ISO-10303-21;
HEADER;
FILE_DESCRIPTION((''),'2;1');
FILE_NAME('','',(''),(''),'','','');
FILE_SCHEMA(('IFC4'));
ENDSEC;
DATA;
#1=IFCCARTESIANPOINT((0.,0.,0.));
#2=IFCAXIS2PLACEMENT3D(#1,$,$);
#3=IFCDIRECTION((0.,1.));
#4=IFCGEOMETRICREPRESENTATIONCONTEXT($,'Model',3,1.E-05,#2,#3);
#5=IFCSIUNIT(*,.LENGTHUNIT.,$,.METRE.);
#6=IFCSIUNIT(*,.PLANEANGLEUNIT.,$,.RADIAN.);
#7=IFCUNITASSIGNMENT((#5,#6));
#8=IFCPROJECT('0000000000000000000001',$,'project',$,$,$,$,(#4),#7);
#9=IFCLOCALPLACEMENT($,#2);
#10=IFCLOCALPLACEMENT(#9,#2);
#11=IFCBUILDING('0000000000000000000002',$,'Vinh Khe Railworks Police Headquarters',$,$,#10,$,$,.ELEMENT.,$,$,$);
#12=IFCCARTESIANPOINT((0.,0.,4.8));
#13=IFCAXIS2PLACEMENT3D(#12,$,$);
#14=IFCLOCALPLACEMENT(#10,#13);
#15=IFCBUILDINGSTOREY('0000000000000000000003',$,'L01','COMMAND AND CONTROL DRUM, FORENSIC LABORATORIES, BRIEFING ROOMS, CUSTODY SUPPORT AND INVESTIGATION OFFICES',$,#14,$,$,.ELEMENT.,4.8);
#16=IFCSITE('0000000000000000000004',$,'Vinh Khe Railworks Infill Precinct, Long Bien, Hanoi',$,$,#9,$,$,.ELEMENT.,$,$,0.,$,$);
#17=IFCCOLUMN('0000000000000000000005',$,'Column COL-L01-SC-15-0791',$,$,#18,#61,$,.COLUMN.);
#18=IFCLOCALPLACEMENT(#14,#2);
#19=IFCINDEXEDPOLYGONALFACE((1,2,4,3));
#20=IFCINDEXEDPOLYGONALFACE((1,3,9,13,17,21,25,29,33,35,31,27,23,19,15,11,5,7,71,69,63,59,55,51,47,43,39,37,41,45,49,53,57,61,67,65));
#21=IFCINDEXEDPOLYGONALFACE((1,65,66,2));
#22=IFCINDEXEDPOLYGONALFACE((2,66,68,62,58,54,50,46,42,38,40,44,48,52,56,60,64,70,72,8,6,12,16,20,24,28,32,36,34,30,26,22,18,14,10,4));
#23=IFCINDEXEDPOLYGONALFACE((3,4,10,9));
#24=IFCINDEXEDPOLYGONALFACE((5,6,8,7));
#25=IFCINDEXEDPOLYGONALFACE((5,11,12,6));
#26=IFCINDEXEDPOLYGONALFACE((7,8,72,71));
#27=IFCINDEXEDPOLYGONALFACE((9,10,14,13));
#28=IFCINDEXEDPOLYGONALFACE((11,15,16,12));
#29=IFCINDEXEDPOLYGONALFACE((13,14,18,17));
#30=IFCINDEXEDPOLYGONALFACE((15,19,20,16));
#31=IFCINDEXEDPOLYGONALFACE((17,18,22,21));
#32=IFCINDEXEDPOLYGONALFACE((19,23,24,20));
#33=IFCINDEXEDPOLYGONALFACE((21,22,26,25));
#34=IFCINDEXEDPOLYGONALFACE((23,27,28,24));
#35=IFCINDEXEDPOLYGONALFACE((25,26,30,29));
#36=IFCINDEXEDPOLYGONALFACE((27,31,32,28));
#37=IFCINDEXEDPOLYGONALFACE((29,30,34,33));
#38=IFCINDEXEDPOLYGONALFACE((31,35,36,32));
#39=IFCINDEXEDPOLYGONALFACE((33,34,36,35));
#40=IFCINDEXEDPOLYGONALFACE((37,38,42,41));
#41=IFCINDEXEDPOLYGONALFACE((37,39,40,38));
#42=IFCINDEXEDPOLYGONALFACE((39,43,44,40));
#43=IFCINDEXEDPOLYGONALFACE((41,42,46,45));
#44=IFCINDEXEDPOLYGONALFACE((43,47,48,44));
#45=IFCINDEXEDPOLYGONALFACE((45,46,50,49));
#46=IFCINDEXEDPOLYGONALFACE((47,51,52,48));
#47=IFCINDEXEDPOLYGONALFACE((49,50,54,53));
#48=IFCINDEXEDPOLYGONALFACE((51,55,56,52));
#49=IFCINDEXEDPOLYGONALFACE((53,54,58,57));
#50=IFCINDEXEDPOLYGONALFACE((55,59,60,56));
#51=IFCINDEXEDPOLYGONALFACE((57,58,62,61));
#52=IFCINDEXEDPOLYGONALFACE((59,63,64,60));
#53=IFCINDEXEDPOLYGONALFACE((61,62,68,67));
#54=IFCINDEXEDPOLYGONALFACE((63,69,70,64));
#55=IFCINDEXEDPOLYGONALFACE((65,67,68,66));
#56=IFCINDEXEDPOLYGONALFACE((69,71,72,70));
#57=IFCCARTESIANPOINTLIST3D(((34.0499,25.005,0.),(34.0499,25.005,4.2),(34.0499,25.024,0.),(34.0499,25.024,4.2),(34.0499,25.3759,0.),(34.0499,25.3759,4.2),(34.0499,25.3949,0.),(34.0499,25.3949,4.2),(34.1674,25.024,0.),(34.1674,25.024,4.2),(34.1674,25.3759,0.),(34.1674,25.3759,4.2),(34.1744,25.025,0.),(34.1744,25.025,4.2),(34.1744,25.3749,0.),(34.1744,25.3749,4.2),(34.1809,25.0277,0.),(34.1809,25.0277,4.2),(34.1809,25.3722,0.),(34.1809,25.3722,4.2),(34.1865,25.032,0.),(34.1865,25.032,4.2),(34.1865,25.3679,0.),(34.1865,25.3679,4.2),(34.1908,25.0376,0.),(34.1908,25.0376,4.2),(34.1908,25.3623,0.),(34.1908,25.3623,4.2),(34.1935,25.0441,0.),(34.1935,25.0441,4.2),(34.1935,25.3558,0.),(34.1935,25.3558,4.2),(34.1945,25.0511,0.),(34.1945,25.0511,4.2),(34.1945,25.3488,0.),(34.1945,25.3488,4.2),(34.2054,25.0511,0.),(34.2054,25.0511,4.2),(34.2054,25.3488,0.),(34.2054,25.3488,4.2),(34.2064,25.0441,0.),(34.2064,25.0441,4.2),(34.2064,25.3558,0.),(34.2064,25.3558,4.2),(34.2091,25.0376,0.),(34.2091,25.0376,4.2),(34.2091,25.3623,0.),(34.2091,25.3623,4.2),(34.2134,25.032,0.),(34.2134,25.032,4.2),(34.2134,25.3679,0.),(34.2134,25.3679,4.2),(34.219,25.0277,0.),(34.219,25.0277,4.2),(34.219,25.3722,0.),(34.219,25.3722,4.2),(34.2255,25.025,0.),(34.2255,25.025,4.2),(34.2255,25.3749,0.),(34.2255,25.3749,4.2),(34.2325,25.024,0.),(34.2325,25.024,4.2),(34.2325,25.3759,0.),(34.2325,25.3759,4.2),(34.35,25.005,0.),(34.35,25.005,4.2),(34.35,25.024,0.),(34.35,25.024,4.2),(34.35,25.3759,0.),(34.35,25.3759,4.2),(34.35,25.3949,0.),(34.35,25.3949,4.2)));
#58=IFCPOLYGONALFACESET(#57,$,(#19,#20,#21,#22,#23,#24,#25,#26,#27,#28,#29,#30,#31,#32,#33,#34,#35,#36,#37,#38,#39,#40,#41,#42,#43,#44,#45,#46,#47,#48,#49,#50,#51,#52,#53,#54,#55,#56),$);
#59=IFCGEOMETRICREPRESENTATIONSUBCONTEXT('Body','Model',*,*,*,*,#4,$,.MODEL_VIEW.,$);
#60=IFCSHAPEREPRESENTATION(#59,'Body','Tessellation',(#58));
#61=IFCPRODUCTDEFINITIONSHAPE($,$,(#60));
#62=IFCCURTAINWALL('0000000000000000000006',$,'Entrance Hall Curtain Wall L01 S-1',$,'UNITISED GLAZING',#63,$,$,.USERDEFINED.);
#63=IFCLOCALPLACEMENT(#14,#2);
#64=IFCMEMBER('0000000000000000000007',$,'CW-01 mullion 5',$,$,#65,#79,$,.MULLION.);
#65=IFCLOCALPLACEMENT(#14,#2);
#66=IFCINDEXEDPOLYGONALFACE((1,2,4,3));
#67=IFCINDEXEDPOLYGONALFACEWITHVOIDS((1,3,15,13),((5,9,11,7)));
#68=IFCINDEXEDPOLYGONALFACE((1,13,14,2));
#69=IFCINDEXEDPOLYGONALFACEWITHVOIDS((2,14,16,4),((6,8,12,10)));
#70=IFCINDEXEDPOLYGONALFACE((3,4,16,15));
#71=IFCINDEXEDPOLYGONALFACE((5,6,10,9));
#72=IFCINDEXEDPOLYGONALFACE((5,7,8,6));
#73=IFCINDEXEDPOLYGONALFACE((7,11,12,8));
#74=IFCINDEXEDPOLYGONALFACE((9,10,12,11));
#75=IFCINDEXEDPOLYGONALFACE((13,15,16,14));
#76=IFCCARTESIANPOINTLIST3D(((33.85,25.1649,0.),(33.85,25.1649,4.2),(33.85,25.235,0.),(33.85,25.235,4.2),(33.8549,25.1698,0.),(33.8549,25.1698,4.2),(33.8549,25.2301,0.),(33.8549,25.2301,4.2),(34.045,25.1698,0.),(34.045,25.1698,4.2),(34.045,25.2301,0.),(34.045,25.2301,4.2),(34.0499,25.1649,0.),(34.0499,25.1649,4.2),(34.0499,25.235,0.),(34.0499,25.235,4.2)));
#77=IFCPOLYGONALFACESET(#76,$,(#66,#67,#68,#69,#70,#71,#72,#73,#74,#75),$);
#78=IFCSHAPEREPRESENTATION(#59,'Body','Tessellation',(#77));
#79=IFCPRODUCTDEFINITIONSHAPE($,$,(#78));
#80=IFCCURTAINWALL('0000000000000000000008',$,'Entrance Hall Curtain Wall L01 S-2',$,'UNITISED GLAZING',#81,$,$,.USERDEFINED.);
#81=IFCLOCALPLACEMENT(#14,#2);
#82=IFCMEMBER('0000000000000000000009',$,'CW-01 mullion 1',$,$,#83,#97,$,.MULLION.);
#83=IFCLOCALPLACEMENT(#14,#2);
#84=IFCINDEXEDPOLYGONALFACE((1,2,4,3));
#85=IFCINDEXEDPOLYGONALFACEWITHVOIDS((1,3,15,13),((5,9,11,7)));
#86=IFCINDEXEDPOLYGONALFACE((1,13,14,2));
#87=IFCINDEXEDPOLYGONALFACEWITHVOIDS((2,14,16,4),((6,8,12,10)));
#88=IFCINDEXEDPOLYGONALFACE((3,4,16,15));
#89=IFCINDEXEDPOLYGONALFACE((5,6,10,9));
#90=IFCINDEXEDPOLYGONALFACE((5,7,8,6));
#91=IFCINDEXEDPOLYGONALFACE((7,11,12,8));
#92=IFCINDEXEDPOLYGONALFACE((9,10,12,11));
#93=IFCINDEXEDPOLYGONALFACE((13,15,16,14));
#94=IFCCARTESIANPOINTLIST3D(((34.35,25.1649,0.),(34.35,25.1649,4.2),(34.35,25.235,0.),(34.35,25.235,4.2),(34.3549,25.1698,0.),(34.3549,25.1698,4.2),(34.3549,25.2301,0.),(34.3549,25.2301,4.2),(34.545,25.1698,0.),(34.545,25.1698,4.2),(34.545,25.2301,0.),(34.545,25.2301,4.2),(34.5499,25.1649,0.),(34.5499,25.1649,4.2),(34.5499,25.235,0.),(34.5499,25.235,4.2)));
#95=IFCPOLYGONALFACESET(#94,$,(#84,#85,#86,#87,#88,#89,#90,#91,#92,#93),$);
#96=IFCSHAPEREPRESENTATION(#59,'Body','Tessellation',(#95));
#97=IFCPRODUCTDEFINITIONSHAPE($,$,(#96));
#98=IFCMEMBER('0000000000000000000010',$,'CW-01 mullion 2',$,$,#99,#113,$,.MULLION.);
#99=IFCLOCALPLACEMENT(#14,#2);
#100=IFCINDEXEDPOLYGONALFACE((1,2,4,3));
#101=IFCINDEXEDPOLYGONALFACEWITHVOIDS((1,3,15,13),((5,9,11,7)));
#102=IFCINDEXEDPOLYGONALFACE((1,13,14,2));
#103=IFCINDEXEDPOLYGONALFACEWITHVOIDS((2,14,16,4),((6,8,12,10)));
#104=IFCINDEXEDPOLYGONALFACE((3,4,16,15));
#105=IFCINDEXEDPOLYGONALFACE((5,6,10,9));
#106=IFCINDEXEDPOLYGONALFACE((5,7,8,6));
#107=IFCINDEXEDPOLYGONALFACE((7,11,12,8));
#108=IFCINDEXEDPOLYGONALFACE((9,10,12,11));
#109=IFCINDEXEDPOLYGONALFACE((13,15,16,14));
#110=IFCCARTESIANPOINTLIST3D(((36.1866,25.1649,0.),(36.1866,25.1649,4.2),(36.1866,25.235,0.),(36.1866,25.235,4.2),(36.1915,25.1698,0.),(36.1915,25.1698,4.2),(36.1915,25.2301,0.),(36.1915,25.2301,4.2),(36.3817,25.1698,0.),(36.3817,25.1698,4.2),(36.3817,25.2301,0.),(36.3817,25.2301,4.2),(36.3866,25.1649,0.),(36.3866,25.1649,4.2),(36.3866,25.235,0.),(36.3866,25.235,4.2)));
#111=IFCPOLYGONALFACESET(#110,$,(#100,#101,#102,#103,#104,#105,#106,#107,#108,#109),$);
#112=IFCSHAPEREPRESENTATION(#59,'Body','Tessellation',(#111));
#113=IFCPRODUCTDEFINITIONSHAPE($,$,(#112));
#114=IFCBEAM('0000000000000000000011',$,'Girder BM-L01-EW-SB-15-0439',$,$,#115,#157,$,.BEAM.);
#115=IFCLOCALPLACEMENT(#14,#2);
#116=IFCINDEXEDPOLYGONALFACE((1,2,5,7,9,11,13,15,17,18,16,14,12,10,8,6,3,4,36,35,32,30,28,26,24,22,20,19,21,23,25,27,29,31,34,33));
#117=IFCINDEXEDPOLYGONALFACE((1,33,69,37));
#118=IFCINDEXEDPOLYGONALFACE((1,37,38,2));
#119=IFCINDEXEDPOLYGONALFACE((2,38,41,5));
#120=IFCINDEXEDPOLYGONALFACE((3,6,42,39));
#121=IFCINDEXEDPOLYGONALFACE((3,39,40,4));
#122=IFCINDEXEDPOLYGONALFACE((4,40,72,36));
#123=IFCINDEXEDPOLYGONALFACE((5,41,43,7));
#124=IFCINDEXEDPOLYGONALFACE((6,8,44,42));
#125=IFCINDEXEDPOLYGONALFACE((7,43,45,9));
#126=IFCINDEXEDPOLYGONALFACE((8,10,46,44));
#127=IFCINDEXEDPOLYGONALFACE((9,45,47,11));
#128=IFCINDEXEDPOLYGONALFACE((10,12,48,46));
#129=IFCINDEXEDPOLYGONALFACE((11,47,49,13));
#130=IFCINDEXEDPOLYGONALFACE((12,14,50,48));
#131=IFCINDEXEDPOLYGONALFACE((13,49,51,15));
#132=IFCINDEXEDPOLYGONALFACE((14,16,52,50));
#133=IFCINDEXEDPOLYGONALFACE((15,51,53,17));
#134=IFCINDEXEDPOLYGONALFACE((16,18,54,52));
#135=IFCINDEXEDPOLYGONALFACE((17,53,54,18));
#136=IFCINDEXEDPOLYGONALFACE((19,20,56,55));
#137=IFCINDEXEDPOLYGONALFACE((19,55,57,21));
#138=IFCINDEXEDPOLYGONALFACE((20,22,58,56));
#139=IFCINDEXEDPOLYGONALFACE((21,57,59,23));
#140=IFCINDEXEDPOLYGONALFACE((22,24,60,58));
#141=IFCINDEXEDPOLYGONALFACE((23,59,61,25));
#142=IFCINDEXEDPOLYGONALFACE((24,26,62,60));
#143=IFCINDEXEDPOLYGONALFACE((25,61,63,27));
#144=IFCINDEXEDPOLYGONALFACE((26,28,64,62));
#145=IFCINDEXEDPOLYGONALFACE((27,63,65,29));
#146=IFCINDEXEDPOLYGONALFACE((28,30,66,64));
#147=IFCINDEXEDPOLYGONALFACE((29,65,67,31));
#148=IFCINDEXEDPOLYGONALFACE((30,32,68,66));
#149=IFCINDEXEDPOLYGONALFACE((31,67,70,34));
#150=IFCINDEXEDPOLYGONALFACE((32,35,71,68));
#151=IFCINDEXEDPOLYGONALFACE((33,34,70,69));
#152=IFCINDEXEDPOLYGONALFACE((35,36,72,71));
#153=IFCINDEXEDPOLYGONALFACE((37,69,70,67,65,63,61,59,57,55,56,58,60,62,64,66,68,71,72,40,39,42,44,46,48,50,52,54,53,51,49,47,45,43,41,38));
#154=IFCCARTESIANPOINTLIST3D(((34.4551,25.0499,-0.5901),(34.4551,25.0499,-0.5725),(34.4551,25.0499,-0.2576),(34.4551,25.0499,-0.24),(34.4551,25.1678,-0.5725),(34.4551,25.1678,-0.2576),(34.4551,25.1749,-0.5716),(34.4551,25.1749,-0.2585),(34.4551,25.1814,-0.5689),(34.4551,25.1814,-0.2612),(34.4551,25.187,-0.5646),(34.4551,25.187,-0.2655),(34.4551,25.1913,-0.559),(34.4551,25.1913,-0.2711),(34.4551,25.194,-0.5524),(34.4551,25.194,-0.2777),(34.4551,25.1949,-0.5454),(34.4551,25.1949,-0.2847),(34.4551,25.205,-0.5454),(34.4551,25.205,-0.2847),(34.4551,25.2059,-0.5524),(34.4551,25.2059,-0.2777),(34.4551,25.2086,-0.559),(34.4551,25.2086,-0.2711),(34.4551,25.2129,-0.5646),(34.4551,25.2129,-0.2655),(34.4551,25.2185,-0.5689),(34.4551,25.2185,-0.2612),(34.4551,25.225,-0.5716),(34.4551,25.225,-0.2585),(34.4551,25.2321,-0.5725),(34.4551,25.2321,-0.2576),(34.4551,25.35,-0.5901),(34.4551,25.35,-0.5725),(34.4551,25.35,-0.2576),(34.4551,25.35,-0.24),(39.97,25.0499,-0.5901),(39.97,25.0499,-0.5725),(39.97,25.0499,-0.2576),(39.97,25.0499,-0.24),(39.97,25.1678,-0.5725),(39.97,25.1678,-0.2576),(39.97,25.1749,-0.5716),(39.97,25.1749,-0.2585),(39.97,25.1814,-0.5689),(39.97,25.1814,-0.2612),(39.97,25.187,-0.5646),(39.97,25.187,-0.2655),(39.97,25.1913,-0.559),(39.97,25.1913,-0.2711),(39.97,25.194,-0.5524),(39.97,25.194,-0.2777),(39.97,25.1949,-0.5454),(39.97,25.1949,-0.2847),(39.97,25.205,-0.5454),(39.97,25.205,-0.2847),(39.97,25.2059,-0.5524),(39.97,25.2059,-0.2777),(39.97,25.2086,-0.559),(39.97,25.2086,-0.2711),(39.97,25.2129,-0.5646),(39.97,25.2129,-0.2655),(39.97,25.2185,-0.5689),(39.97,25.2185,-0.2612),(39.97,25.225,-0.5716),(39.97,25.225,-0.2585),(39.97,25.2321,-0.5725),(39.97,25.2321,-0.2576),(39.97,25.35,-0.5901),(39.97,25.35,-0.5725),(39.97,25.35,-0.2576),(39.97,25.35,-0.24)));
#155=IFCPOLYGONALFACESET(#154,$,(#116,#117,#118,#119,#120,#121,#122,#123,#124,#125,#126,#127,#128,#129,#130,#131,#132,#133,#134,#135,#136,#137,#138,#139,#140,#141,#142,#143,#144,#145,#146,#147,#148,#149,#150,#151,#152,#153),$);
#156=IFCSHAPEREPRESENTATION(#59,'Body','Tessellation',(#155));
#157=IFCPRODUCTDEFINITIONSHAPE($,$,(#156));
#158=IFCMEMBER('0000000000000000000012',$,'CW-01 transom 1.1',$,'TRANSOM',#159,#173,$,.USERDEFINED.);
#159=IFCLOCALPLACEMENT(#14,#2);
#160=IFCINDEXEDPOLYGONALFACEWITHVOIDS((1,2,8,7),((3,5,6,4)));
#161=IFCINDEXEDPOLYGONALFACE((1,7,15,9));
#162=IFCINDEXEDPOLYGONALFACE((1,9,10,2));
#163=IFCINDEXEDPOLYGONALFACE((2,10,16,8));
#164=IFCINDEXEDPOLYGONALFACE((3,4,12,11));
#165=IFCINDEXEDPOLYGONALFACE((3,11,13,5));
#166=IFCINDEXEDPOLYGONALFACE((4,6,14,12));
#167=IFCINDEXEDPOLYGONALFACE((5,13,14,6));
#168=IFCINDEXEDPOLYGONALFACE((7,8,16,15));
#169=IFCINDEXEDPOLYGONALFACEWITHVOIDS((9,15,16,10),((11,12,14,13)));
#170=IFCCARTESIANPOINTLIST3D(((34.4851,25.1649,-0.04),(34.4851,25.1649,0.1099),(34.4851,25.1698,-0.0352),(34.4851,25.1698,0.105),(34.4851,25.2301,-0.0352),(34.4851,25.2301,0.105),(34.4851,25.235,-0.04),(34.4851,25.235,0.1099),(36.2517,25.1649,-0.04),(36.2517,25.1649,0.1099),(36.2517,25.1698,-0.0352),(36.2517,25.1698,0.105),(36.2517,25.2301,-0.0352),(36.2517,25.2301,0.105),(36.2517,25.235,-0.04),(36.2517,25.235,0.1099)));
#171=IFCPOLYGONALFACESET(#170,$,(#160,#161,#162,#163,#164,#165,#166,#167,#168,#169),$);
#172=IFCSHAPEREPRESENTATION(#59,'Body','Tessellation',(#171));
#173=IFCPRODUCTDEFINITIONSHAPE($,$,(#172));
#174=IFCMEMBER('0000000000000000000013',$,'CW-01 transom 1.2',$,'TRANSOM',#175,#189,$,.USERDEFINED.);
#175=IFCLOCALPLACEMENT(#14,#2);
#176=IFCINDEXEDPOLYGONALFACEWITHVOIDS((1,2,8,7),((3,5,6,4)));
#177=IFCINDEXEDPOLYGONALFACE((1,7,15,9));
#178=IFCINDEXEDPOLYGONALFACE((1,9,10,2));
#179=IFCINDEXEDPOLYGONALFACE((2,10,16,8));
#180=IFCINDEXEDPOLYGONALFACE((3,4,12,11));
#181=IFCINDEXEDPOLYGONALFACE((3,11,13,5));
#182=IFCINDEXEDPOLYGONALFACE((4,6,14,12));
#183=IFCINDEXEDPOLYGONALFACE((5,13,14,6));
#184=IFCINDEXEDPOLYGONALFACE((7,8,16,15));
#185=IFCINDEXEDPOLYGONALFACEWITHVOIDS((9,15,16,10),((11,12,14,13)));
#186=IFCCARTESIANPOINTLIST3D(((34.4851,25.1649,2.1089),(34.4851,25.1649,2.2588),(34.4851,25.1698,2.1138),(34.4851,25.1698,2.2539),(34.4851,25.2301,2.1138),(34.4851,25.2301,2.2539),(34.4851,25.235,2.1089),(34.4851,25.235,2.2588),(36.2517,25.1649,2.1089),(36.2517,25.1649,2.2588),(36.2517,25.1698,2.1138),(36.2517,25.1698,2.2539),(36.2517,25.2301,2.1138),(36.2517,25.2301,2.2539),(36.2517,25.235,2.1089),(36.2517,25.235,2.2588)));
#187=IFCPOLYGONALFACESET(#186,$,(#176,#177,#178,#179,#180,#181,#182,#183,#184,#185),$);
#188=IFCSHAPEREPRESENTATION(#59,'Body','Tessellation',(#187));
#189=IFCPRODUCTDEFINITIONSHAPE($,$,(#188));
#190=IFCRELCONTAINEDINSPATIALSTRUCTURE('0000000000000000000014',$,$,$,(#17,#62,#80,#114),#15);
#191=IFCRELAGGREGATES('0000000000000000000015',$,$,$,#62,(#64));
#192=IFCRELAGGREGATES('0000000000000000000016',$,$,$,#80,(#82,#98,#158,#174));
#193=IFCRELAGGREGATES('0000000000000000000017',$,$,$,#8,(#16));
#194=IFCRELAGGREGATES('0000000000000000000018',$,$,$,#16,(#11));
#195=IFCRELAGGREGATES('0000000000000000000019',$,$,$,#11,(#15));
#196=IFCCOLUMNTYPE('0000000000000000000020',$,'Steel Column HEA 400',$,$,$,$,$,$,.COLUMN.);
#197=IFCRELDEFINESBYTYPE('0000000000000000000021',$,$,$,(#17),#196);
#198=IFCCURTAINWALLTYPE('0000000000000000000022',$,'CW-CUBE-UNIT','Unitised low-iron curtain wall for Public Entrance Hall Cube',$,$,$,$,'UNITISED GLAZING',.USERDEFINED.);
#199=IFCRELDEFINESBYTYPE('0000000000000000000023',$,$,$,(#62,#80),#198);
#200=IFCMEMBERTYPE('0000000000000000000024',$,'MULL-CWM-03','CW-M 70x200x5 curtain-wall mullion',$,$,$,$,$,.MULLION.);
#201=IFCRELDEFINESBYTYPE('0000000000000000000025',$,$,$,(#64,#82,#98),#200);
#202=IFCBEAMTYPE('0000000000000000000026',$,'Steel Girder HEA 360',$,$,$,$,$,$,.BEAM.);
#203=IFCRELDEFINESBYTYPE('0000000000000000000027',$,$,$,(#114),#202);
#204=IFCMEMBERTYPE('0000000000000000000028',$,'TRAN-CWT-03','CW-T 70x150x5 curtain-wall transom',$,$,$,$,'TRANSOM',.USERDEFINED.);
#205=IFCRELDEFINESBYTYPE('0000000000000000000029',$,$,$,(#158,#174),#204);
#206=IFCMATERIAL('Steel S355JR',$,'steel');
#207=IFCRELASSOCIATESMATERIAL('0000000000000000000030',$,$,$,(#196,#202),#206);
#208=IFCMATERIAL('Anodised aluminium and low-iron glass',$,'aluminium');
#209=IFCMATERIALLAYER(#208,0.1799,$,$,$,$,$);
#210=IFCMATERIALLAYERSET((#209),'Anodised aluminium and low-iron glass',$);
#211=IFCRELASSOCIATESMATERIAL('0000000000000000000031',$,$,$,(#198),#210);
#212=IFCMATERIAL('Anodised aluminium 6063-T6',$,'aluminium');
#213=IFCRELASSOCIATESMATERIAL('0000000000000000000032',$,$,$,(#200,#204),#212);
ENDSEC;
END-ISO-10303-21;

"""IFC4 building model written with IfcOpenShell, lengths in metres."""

from ifc_helpers import new_model, si_unit, direction, frame, origin, origin_2d, place, context, subcontext, project, spatial, hollow_rectangle, i_section, extrude, material, layer, layer_set, material_profile, profile_set, type_object, element, aggregate, save


model = new_model("IFC4")

# Units and contexts
model_context = context("Model", 3, precision=1e-05, world=origin(), true_north=direction((0.0, 1.0)))
body_context = subcontext(model_context, "Body", "Model", "MODEL_VIEW")
ifc_project = project(units=[si_unit("LENGTHUNIT", "METRE"), si_unit("PLANEANGLEUNIT", "RADIAN")], contexts=[model_context])

# Site, building, storey
site_placement = place(None, origin())
site = spatial("IfcSite", under=ifc_project, at=site_placement, Name="Vinh Khe Railworks Infill Precinct, Long Bien, Hanoi", CompositionType="ELEMENT", RefElevation=0.0)
building_placement = place(site_placement, origin())
building = spatial("IfcBuilding", under=site, at=building_placement, Name="Vinh Khe Railworks Police Headquarters", CompositionType="ELEMENT")
storey_placement = place(building_placement, frame((0.0, 0.0, 4.8)))
storey = spatial("IfcBuildingStorey", under=building, at=storey_placement, Name="L01", Description="COMMAND AND CONTROL DRUM, FORENSIC LABORATORIES, BRIEFING ROOMS, CUSTODY SUPPORT AND INVESTIGATION OFFICES", CompositionType="ELEMENT", Elevation=4.8)

# Column
ifc_material_1 = material(Name="Steel S355JR", Category="steel")
ifc_material_profile_1 = material_profile(ifc_material_1, i_section(OverallWidth=0.3, OverallDepth=0.3899, WebThickness=0.011, FlangeThickness=0.019, FilletRadius=0.0271, at=origin_2d()), Name="HEA 400")
ifc_profile_set_1 = profile_set([ifc_material_profile_1], Name="Steel S355JR")
column_type = type_object("IfcColumnType", Name="Steel Column HEA 400", PredefinedType="COLUMN", material=ifc_profile_set_1)
column_placement = place(storey_placement, frame((34.2, 25.2, 0.0), z_axis=(0.0, 0.0, 1.0), x_axis=(1.0, 0.0, 0.0)))
element("IfcColumn", 1, at=column_placement, inside=storey, type_object=column_type, Name="Column COL-L01-SC-15-0791", PredefinedType="COLUMN", context=body_context, shape_type="SweptSolid", body=[
    extrude(i_section(OverallWidth=0.3, OverallDepth=0.3899, WebThickness=0.011, FlangeThickness=0.019, FilletRadius=0.0271, at=origin_2d()), origin(), (0.0, 0.0, 1.0), 4.2),
])

# Curtain wall, member
ifc_material_2 = material(Name="Anodised aluminium and low-iron glass", Category="aluminium")
ifc_layer_1 = layer(ifc_material_2, 0.1799)
ifc_layer_set_1 = layer_set([ifc_layer_1], Name="Anodised aluminium and low-iron glass")
curtain_wall_type = type_object("IfcCurtainWallType", Name="CW-CUBE-UNIT", Description="Unitised low-iron curtain wall for Public Entrance Hall Cube", ElementType="UNITISED GLAZING", PredefinedType="USERDEFINED", material=ifc_layer_set_1)
curtain_wall_1_placement = place(storey_placement, origin())
curtain_wall_1 = element("IfcCurtainWall", 2, at=curtain_wall_1_placement, inside=storey, type_object=curtain_wall_type, Name="Entrance Hall Curtain Wall L01 S-1", ObjectType="UNITISED GLAZING", PredefinedType="USERDEFINED")
ifc_material_3 = material(Name="Anodised aluminium 6063-T6", Category="aluminium")
ifc_material_profile_2 = material_profile(ifc_material_3, hollow_rectangle(XDim=0.0701, YDim=0.2, WallThickness=0.0049, at=origin_2d()), Name="CW-M 70x200x5")
ifc_profile_set_2 = profile_set([ifc_material_profile_2], Name="Anodised aluminium 6063-T6")
member_type_1 = type_object("IfcMemberType", Name="MULL-CWM-03", Description="CW-M 70x200x5 curtain-wall mullion", PredefinedType="MULLION", material=ifc_profile_set_2)
member_1_placement = place(storey_placement, frame((33.95, 25.2, 0.0), z_axis=(0.0, 0.0, 1.0), x_axis=(0.0, 1.0, 0.0)))
member_1 = element("IfcMember", 3, at=member_1_placement, type_object=member_type_1, Name="CW-01 mullion 5", PredefinedType="MULLION", context=body_context, shape_type="SweptSolid", body=[
    extrude(hollow_rectangle(XDim=0.0701, YDim=0.2, WallThickness=0.0049, at=origin_2d()), origin(), (0.0, 0.0, 1.0), 4.2),
])
aggregate(curtain_wall_1, [member_1])

# Curtain wall, members
curtain_wall_2_placement = place(storey_placement, origin())
curtain_wall_2 = element("IfcCurtainWall", 4, at=curtain_wall_2_placement, inside=storey, type_object=curtain_wall_type, Name="Entrance Hall Curtain Wall L01 S-2", ObjectType="UNITISED GLAZING", PredefinedType="USERDEFINED")
member_2_placement = place(storey_placement, frame((34.45, 25.2, 0.0), z_axis=(0.0, 0.0, 1.0), x_axis=(0.0, 1.0, 0.0)))
member_2 = element("IfcMember", 5, at=member_2_placement, type_object=member_type_1, Name="CW-01 mullion 1", PredefinedType="MULLION", context=body_context, shape_type="SweptSolid", body=[
    extrude(hollow_rectangle(XDim=0.0701, YDim=0.2, WallThickness=0.0049, at=origin_2d()), origin(), (0.0, 0.0, 1.0), 4.2),
])
member_3_placement = place(storey_placement, frame((36.2866, 25.2, 0.0), z_axis=(0.0, 0.0, 1.0), x_axis=(0.0, 1.0, 0.0)))
member_3 = element("IfcMember", 6, at=member_3_placement, type_object=member_type_1, Name="CW-01 mullion 2", PredefinedType="MULLION", context=body_context, shape_type="SweptSolid", body=[
    extrude(hollow_rectangle(XDim=0.0701, YDim=0.2, WallThickness=0.0049, at=origin_2d()), origin(), (0.0, 0.0, 1.0), 4.2),
])

# Beam
ifc_material_profile_3 = material_profile(ifc_material_1, i_section(OverallWidth=0.3, OverallDepth=0.3501, WebThickness=0.01, FlangeThickness=0.0176, FilletRadius=0.0271, at=origin_2d()), Name="HEA 360")
ifc_profile_set_3 = profile_set([ifc_material_profile_3], Name="Steel S355JR")
beam_type = type_object("IfcBeamType", Name="Steel Girder HEA 360", PredefinedType="BEAM", material=ifc_profile_set_3)
beam_placement = place(storey_placement, frame((34.4551, 25.2, -0.415), z_axis=(1.0, 0.0, 0.0), x_axis=(0.0, 1.0, 0.0)))
element("IfcBeam", 7, at=beam_placement, inside=storey, type_object=beam_type, Name="Girder BM-L01-EW-SB-15-0439", PredefinedType="BEAM", context=body_context, shape_type="SweptSolid", body=[
    extrude(i_section(OverallWidth=0.3, OverallDepth=0.3501, WebThickness=0.01, FlangeThickness=0.0176, FilletRadius=0.0271, at=origin_2d()), origin(), (0.0, 0.0, 1.0), 5.5149),
])

# Members
ifc_material_profile_4 = material_profile(ifc_material_3, hollow_rectangle(XDim=0.0701, YDim=0.1499, WallThickness=0.0049, at=origin_2d()), Name="CW-T 70x150x5")
ifc_profile_set_4 = profile_set([ifc_material_profile_4], Name="Anodised aluminium 6063-T6")
member_type_2 = type_object("IfcMemberType", Name="TRAN-CWT-03", Description="CW-T 70x150x5 curtain-wall transom", ElementType="TRANSOM", PredefinedType="USERDEFINED", material=ifc_profile_set_4)
member_4_placement = place(storey_placement, frame((34.4851, 25.2, 0.0349), z_axis=(1.0, 0.0, 0.0), x_axis=(0.0, 1.0, 0.0)))
member_4 = element("IfcMember", 8, at=member_4_placement, type_object=member_type_2, Name="CW-01 transom 1.1", ObjectType="TRANSOM", PredefinedType="USERDEFINED", context=body_context, shape_type="SweptSolid", body=[
    extrude(hollow_rectangle(XDim=0.0701, YDim=0.1499, WallThickness=0.0049, at=origin_2d()), origin(), (0.0, 0.0, 1.0), 1.7666),
])
member_5_placement = place(storey_placement, frame((34.4851, 25.2, 2.1838), z_axis=(1.0, 0.0, 0.0), x_axis=(0.0, 1.0, 0.0)))
member_5 = element("IfcMember", 9, at=member_5_placement, type_object=member_type_2, Name="CW-01 transom 1.2", ObjectType="TRANSOM", PredefinedType="USERDEFINED", context=body_context, shape_type="SweptSolid", body=[
    extrude(hollow_rectangle(XDim=0.0701, YDim=0.1499, WallThickness=0.0049, at=origin_2d()), origin(), (0.0, 0.0, 1.0), 1.7666),
])

aggregate(curtain_wall_2, [member_2, member_3, member_4, member_5])

save(model, "model.ifc")
